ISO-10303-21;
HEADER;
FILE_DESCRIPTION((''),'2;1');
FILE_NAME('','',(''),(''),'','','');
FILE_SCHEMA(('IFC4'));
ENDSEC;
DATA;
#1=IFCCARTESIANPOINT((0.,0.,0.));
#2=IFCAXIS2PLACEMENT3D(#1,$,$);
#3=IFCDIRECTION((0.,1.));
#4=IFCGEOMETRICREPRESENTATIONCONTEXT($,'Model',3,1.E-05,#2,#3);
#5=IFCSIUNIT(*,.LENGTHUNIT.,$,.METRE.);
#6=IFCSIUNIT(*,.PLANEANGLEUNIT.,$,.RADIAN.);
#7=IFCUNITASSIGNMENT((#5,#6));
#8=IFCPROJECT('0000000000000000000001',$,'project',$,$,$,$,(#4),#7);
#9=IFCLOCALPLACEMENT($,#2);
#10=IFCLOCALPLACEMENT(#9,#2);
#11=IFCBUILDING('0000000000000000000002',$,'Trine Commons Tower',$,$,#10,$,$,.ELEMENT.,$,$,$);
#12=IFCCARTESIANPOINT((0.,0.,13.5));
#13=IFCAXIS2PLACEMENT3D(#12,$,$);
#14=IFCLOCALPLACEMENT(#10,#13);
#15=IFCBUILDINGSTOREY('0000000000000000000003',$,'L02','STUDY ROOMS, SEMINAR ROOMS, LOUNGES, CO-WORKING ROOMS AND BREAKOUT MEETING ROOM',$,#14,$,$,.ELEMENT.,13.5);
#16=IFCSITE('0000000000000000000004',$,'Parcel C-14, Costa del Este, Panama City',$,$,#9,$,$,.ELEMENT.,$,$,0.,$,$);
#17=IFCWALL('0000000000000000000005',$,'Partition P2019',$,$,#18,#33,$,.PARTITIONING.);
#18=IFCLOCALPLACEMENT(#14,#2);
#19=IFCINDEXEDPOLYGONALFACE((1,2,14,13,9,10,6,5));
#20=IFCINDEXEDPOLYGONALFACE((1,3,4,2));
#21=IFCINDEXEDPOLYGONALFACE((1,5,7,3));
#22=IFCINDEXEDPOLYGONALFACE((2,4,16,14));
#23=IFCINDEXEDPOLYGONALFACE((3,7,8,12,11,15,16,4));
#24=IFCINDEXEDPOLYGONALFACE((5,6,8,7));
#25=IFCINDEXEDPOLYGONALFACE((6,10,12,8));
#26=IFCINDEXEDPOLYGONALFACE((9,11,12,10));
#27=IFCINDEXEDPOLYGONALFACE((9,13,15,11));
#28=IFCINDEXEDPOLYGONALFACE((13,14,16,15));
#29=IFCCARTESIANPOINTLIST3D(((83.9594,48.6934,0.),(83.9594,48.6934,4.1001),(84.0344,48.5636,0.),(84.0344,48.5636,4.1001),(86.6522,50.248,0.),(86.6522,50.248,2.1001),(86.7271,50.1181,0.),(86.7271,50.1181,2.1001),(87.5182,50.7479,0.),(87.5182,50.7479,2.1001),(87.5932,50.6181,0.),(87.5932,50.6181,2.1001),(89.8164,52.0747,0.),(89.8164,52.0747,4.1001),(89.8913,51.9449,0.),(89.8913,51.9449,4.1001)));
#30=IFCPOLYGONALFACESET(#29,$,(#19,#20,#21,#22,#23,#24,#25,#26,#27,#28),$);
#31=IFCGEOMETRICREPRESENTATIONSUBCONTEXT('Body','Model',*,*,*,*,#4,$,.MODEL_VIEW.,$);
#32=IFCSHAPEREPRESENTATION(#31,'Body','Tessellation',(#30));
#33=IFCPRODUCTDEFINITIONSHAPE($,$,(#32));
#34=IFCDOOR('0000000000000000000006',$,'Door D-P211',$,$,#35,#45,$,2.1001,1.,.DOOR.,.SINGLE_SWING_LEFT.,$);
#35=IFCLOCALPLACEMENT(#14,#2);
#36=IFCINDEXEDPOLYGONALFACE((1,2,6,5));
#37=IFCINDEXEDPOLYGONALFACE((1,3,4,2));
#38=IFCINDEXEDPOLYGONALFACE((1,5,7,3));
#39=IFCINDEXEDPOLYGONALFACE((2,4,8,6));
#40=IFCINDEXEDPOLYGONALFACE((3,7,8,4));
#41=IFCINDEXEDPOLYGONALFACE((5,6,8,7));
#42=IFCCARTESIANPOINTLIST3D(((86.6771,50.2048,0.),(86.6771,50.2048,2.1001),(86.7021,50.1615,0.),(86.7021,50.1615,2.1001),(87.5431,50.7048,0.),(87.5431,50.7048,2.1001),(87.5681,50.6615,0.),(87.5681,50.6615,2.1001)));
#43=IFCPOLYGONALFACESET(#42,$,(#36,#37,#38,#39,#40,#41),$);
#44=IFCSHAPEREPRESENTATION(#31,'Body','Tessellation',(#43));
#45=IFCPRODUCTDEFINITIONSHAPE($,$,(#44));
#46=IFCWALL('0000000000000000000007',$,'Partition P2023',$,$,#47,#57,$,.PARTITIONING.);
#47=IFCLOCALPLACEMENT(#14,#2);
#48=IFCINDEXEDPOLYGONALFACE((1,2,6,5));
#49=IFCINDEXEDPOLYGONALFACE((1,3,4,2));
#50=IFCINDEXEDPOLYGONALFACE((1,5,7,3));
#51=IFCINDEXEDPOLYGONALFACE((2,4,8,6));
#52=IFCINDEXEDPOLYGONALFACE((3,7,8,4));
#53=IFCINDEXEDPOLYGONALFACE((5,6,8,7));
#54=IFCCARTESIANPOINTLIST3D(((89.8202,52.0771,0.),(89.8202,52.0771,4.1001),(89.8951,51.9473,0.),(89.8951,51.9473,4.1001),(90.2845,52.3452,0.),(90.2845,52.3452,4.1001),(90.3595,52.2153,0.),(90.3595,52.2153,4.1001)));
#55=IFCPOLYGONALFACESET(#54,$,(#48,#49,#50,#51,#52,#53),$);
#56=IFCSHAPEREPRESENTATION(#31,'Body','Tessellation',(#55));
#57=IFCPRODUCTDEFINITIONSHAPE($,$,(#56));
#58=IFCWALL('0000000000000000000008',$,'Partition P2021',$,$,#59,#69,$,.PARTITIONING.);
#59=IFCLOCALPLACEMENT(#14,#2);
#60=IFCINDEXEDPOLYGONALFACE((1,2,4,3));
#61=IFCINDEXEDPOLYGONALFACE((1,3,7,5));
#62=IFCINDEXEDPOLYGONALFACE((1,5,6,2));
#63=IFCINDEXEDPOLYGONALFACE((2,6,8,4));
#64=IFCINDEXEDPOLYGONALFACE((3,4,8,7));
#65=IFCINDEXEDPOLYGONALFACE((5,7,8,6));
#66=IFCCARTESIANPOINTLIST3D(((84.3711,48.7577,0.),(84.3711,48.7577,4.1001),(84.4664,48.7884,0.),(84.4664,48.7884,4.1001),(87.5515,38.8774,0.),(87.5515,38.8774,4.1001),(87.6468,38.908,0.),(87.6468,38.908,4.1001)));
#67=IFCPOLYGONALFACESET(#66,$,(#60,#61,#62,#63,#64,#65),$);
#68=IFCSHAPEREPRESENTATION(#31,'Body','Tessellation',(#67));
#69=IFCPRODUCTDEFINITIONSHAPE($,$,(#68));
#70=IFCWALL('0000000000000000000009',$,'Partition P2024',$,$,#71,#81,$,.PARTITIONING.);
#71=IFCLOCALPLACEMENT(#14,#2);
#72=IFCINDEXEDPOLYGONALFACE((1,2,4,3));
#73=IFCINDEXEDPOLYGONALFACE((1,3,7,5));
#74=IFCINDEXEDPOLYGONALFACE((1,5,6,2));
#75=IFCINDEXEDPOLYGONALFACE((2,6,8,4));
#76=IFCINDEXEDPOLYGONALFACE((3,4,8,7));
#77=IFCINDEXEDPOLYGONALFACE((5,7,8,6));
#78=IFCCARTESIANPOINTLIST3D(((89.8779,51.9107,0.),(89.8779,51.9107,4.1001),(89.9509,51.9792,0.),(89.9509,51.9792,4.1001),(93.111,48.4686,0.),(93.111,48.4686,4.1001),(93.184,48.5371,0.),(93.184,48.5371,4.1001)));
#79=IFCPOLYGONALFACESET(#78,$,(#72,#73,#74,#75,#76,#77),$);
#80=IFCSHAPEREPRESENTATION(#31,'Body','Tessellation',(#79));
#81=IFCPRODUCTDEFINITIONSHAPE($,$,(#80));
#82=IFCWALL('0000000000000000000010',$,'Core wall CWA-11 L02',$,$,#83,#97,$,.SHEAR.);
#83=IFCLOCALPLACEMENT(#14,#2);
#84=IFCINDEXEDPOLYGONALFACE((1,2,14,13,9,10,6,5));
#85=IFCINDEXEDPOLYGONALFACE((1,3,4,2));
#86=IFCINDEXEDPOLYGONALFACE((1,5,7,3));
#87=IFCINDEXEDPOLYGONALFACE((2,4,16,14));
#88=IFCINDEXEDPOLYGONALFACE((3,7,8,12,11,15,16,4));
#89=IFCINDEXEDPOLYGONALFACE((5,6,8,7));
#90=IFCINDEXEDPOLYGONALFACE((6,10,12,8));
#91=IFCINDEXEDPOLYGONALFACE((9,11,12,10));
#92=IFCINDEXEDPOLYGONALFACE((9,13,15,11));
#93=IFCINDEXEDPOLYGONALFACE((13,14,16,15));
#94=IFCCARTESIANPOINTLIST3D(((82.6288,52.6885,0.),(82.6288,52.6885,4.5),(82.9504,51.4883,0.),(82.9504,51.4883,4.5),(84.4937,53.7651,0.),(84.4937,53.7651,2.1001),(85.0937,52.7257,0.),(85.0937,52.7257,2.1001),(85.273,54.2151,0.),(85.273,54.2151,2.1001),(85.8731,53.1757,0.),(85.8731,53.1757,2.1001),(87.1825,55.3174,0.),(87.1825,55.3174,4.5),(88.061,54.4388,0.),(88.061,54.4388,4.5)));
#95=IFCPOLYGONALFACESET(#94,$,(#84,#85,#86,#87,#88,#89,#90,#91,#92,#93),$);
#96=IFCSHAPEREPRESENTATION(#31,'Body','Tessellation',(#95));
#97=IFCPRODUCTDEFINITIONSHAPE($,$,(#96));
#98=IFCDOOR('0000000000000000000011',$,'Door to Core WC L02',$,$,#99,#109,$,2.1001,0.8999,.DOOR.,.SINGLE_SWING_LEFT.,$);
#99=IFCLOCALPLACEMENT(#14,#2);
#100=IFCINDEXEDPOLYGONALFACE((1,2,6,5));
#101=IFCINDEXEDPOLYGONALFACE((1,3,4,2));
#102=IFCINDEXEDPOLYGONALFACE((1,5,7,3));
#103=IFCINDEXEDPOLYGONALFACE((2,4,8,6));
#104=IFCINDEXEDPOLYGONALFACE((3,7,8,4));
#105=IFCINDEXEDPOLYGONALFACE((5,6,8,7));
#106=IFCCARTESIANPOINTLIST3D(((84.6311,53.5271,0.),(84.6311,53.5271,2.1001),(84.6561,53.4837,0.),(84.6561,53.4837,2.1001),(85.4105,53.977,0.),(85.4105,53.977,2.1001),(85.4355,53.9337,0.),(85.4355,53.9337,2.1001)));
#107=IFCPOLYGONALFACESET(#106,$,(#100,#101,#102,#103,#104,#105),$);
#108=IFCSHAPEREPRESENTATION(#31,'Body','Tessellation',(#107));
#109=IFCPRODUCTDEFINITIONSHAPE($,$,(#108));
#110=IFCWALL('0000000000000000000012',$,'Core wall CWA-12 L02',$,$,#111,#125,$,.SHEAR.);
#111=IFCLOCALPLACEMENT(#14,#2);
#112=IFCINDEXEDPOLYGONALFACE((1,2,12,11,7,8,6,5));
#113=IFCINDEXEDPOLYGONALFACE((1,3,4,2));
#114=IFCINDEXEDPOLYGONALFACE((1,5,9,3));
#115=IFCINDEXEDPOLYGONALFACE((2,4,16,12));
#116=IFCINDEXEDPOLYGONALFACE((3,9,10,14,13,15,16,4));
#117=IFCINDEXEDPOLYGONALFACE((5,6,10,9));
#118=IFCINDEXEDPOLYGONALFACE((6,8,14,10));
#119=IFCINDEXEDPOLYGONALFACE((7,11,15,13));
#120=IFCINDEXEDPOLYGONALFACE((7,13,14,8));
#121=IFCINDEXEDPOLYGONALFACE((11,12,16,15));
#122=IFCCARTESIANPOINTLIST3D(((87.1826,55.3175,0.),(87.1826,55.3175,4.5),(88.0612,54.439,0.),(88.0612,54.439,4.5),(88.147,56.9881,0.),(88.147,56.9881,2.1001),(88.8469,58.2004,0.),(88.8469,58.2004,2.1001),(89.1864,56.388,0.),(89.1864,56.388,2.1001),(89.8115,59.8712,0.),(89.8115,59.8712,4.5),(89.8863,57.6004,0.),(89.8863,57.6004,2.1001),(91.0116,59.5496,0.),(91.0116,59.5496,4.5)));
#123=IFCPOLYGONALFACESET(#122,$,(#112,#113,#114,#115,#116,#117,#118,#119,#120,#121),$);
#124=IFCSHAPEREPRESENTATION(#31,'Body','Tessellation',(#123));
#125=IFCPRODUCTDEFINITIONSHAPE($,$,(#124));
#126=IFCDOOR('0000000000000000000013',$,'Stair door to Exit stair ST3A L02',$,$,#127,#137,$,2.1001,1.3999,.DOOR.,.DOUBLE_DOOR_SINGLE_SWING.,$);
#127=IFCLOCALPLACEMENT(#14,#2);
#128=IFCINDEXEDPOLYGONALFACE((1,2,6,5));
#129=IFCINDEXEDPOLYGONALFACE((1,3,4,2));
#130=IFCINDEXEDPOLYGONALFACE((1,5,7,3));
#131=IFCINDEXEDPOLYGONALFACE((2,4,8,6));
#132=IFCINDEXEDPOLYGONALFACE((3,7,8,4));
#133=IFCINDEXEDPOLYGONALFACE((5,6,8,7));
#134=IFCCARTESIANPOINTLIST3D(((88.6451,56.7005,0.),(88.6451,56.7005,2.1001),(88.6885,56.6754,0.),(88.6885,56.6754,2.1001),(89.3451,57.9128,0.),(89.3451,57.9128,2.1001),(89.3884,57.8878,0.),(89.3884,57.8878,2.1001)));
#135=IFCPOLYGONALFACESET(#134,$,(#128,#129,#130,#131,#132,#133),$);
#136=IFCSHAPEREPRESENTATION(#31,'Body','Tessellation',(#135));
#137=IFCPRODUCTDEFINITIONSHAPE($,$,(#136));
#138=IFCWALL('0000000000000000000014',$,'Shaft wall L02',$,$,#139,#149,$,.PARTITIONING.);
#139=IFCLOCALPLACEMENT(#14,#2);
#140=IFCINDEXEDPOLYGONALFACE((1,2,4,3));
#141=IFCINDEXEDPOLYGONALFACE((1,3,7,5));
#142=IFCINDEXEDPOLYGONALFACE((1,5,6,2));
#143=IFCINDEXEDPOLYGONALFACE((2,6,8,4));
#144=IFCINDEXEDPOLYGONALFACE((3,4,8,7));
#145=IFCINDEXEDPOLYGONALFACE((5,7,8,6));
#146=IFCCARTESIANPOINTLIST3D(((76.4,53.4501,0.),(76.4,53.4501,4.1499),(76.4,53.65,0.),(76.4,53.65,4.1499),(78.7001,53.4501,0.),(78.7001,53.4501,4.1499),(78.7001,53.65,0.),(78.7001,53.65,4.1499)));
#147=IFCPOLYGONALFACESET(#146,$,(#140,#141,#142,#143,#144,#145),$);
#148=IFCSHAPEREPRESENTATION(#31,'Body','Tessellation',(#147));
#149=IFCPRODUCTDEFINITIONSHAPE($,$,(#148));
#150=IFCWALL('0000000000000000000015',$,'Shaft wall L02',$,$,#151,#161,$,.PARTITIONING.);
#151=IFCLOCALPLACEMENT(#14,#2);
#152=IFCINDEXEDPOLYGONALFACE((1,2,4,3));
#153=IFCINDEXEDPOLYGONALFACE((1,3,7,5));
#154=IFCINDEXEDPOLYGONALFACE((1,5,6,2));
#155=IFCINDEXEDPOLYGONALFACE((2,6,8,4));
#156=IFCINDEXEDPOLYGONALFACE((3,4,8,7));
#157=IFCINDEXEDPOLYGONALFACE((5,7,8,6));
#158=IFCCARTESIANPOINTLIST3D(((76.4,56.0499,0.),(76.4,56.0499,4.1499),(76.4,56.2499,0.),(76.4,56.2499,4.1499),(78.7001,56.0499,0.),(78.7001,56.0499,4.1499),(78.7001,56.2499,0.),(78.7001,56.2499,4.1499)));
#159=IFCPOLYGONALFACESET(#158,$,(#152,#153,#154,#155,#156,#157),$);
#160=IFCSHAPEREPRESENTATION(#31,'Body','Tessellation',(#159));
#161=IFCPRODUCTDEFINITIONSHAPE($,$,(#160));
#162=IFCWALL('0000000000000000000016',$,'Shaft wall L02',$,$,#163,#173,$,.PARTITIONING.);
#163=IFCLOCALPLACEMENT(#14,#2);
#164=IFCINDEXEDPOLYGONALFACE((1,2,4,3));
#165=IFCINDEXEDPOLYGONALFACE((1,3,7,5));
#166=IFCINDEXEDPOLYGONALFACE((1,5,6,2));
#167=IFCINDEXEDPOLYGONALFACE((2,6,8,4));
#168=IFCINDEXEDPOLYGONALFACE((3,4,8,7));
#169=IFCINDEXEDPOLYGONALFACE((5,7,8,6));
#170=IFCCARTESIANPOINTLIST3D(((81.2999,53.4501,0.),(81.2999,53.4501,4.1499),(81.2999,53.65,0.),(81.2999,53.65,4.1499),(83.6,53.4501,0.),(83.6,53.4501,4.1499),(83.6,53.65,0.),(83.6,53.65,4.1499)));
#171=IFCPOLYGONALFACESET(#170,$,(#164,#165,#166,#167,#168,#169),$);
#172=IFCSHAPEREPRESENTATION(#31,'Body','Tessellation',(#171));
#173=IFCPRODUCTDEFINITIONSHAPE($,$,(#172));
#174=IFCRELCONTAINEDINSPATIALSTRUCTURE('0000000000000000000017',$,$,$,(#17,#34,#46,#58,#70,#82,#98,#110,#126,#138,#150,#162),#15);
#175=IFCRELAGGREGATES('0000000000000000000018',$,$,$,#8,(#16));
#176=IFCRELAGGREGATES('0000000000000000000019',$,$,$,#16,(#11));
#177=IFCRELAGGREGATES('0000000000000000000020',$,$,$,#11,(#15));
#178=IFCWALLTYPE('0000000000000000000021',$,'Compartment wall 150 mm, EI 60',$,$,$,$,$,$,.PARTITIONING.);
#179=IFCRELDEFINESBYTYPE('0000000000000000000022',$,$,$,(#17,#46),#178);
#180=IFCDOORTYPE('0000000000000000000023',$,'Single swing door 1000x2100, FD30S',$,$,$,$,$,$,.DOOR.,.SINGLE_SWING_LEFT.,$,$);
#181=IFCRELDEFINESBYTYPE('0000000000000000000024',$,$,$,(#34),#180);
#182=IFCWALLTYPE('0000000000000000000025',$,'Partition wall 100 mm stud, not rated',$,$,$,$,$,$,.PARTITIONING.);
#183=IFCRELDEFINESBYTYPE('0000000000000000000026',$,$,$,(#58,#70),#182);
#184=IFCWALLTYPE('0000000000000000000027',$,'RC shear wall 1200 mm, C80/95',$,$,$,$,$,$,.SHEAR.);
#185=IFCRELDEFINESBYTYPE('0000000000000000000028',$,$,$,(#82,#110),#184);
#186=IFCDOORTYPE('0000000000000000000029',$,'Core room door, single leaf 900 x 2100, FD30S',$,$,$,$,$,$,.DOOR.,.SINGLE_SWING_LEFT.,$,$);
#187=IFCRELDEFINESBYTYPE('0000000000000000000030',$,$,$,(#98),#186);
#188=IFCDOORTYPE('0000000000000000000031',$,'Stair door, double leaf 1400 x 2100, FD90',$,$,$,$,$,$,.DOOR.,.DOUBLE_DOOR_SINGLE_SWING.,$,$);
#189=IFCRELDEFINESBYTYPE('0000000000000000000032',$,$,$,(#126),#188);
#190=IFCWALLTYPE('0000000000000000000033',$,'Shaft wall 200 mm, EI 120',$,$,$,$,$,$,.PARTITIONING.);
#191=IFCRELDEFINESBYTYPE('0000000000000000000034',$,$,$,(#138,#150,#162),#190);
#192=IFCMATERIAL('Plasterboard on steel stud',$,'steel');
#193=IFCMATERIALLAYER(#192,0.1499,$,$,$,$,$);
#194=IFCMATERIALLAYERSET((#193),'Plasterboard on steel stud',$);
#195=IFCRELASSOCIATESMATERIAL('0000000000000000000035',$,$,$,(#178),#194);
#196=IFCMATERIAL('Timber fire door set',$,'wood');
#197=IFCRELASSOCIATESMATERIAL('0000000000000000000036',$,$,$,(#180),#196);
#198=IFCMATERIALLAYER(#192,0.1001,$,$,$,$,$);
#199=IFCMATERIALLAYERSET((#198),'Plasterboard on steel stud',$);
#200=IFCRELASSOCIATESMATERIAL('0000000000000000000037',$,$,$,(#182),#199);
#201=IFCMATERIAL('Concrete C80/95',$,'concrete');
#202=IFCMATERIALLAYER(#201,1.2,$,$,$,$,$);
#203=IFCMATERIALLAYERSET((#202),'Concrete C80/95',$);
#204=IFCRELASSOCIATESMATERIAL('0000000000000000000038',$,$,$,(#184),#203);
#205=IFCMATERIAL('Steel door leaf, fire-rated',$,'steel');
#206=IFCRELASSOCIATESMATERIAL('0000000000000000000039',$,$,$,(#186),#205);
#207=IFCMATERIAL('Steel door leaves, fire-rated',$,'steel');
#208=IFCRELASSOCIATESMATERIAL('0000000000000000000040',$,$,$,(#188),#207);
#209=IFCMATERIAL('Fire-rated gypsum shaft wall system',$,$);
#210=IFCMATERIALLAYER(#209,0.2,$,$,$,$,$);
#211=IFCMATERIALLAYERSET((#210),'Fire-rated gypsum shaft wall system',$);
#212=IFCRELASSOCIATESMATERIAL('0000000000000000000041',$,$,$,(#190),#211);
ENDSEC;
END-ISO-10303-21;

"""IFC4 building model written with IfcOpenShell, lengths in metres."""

from ifc_helpers import new_model, si_unit, direction, frame, frame_2d, origin, place, context, subcontext, project, spatial, polyline, rectangle, outline, extrude, material, layer, layer_set, type_object, element, fill, save


model = new_model("IFC4")

# Units and contexts
model_context = context("Model", 3, precision=1e-05, world=origin(), true_north=direction((0.0, 1.0)))
body_context = subcontext(model_context, "Body", "Model", "MODEL_VIEW")
ifc_project = project(units=[si_unit("LENGTHUNIT", "METRE"), si_unit("PLANEANGLEUNIT", "RADIAN")], contexts=[model_context])

# Site, building, storey
site_placement = place(None, origin())
site = spatial("IfcSite", under=ifc_project, at=site_placement, Name="Parcel C-14, Costa del Este, Panama City", CompositionType="ELEMENT", RefElevation=0.0)
building_placement = place(site_placement, origin())
building = spatial("IfcBuilding", under=site, at=building_placement, Name="Trine Commons Tower", CompositionType="ELEMENT")
storey_placement = place(building_placement, frame((0.0, 0.0, 13.5)))
storey = spatial("IfcBuildingStorey", under=building, at=storey_placement, Name="L02", Description="STUDY ROOMS, SEMINAR ROOMS, LOUNGES, CO-WORKING ROOMS AND BREAKOUT MEETING ROOM", CompositionType="ELEMENT", Elevation=13.5)

# Shared definitions
ifc_material_1 = material(Name="Concrete C80/95", Category="concrete")

# Wall, opening, door
ifc_material_2 = material(Name="Plasterboard on steel stud", Category="steel")
ifc_layer_1 = layer(ifc_material_2, 0.1499)
ifc_layer_set_1 = layer_set([ifc_layer_1], Name="Plasterboard on steel stud")
wall_type_1 = type_object("IfcWallType", Name="Compartment wall 150 mm, EI 60", PredefinedType="PARTITIONING", material=ifc_layer_set_1)
wall_1_placement = place(storey_placement, frame((89.8538, 52.0098, 0.0), z_axis=(0.0, 0.0, 1.0), x_axis=(-0.866035, -0.499983, 0.0)))
wall_1 = element("IfcWall", 1, at=wall_1_placement, inside=storey, type_object=wall_type_1, Name="Partition P2019", PredefinedType="PARTITIONING", context=body_context, shape_type="SweptSolid", body=[
    extrude(rectangle(XDim=6.7629, YDim=0.1499, at=frame_2d((3.3813, 0.0))), origin(), (0.0, 0.0, 1.0), 4.1001),
])
opening_1_placement = place(wall_1_placement, frame((2.6536, 0.0, 0.0)))
opening_1 = element("IfcOpeningElement", 2, at=opening_1_placement, cuts=wall_1, PredefinedType="OPENING", context=body_context, shape_type="SweptSolid", body=[
    extrude(rectangle(XDim=1.0, YDim=2.1001, at=frame_2d((0.5, 1.05))), frame((0.0, 0.085, 0.0), z_axis=(0.0, -1.0, 0.0), x_axis=(1.0, 0.0, 0.0)), (0.0, 0.0, 1.0), 0.1699),
])
ifc_material_3 = material(Name="Timber fire door set", Category="wood")
door_type_1 = type_object("IfcDoorType", Name="Single swing door 1000x2100, FD30S", OperationType="SINGLE_SWING_LEFT", PredefinedType="DOOR", material=ifc_material_3)
door_1_placement = place(opening_1_placement, origin())
door_1 = element("IfcDoor", 3, at=door_1_placement, inside=storey, type_object=door_type_1, Name="Door D-P211", OperationType="SINGLE_SWING_LEFT", OverallHeight=2.1001, OverallWidth=1.0, PredefinedType="DOOR", context=body_context, shape_type="SweptSolid", body=[
    extrude(rectangle(XDim=1.0, YDim=2.1001, at=frame_2d((0.5, 1.05))), frame((0.0, 0.0249, 0.0), z_axis=(0.0, -1.0, 0.0), x_axis=(1.0, 0.0, 0.0)), (0.0, 0.0, 1.0), 0.05),
])
fill(opening_1, door_1)

# Walls
wall_2_placement = place(storey_placement, frame((89.8577, 52.0122, 0.0), z_axis=(0.0, 0.0, 1.0), x_axis=(0.866049, 0.499959, 0.0)))
element("IfcWall", 4, at=wall_2_placement, inside=storey, type_object=wall_type_1, Name="Partition P2023", PredefinedType="PARTITIONING", context=body_context, shape_type="SweptSolid", body=[
    extrude(rectangle(XDim=0.5361, YDim=0.1499, at=frame_2d((0.2681, 0.0))), origin(), (0.0, 0.0, 1.0), 4.1001),
])
ifc_layer_2 = layer(ifc_material_2, 0.1001)
ifc_layer_set_2 = layer_set([ifc_layer_2], Name="Plasterboard on steel stud")
wall_type_2 = type_object("IfcWallType", Name="Partition wall 100 mm stud, not rated", PredefinedType="PARTITIONING", material=ifc_layer_set_2)
wall_3_placement = place(storey_placement, frame((84.4187, 48.7732, 0.0), z_axis=(0.0, 0.0, 1.0), x_axis=(0.30641, -0.9519, 0.0)))
element("IfcWall", 5, at=wall_3_placement, inside=storey, type_object=wall_type_2, Name="Partition P2021", PredefinedType="PARTITIONING", context=body_context, shape_type="SweptSolid", body=[
    extrude(rectangle(XDim=10.3796, YDim=0.1001, at=frame_2d((5.1899, 0.0))), origin(), (0.0, 0.0, 1.0), 4.1001),
])
wall_4_placement = place(storey_placement, frame((89.9143, 51.9451, 0.0), z_axis=(0.0, 0.0, 1.0), x_axis=(0.684634, -0.728887, 0.0)))
element("IfcWall", 6, at=wall_4_placement, inside=storey, type_object=wall_type_2, Name="Partition P2024", PredefinedType="PARTITIONING", context=body_context, shape_type="SweptSolid", body=[
    extrude(rectangle(XDim=4.7224, YDim=0.1001, at=frame_2d((2.3613, 0.0))), origin(), (0.0, 0.0, 1.0), 4.1001),
])

# Walls, openings, doors
ifc_layer_3 = layer(ifc_material_1, 1.2)
ifc_layer_set_3 = layer_set([ifc_layer_3], Name="Concrete C80/95")
wall_type_3 = type_object("IfcWallType", Name="RC shear wall 1200 mm, C80/95", PredefinedType="SHEAR", material=ifc_layer_set_3)
wall_5_placement = place(storey_placement, frame((82.6504, 52.0081, 0.0), z_axis=(0.0, 0.0, 1.0), x_axis=(0.866037, 0.499979, 0.0)))
wall_5 = element("IfcWall", 7, at=wall_5_placement, inside=storey, type_object=wall_type_3, Name="Core wall CWA-11 L02", PredefinedType="SHEAR", context=body_context, shape_type="SweptSolid", body=[
    extrude(outline(polyline([(0.0, -0.6001), (5.9011, -0.6001), (5.5796, 0.6001), (0.3215, 0.6001), (0.0, -0.6001)])), origin(), (0.0, 0.0, 1.0), 4.5),
])
opening_2_placement = place(wall_5_placement, frame((2.4749, 0.0, 0.0)))
opening_2 = element("IfcOpeningElement", 8, at=opening_2_placement, cuts=wall_5, PredefinedType="OPENING", context=body_context, shape_type="SweptSolid", body=[
    extrude(rectangle(XDim=0.8999, YDim=2.1001, at=frame_2d((0.45, 1.05))), frame((0.0, 0.6099, 0.0), z_axis=(0.0, -1.0, 0.0), x_axis=(1.0, 0.0, 0.0)), (0.0, 0.0, 1.0), 1.22),
])
ifc_material_4 = material(Name="Steel door leaf, fire-rated", Category="steel")
door_type_2 = type_object("IfcDoorType", Name="Core room door, single leaf 900 x 2100, FD30S", OperationType="SINGLE_SWING_LEFT", PredefinedType="DOOR", material=ifc_material_4)
door_2_placement = place(opening_2_placement, origin())
door_2 = element("IfcDoor", 9, at=door_2_placement, inside=storey, type_object=door_type_2, Name="Door to Core WC L02", OperationType="SINGLE_SWING_LEFT", OverallHeight=2.1001, OverallWidth=0.8999, PredefinedType="DOOR", context=body_context, shape_type="SweptSolid", body=[
    extrude(rectangle(XDim=0.8999, YDim=2.1001, at=frame_2d((0.45, 1.05))), frame((0.0, 0.3252, 0.0), z_axis=(0.0, -1.0, 0.0), x_axis=(1.0, 0.0, 0.0)), (0.0, 0.0, 1.0), 0.05),
])
fill(opening_2, door_2)
wall_6_placement = place(storey_placement, frame((87.5415, 54.739, 0.0), z_axis=(0.0, 0.0, 1.0), x_axis=(0.499979, 0.866037, 0.0)))
wall_6 = element("IfcWall", 10, at=wall_6_placement, inside=storey, type_object=wall_type_3, Name="Core wall CWA-12 L02", PredefinedType="SHEAR", context=body_context, shape_type="SweptSolid", body=[
    extrude(outline(polyline([(0.0, -0.6001), (5.9011, -0.6001), (5.5796, 0.6001), (0.3215, 0.6001), (0.0, -0.6001)])), origin(), (0.0, 0.0, 1.0), 4.5),
])
opening_3_placement = place(wall_6_placement, frame((2.2505, 0.0, 0.0)))
opening_3 = element("IfcOpeningElement", 11, at=opening_3_placement, cuts=wall_6, PredefinedType="OPENING", context=body_context, shape_type="SweptSolid", body=[
    extrude(rectangle(XDim=1.3999, YDim=2.1001, at=frame_2d((0.7, 1.05))), frame((0.0, 0.6099, 0.0), z_axis=(0.0, -1.0, 0.0), x_axis=(1.0, 0.0, 0.0)), (0.0, 0.0, 1.0), 1.22),
])
ifc_material_5 = material(Name="Steel door leaves, fire-rated", Category="steel")
door_type_3 = type_object("IfcDoorType", Name="Stair door, double leaf 1400 x 2100, FD90", OperationType="DOUBLE_DOOR_SINGLE_SWING", PredefinedType="DOOR", material=ifc_material_5)
door_3_placement = place(opening_3_placement, origin())
door_3 = element("IfcDoor", 12, at=door_3_placement, inside=storey, type_object=door_type_3, Name="Stair door to Exit stair ST3A L02", OperationType="DOUBLE_DOOR_SINGLE_SWING", OverallHeight=2.1001, OverallWidth=1.3999, PredefinedType="DOOR", context=body_context, shape_type="SweptSolid", body=[
    extrude(rectangle(XDim=1.3999, YDim=2.1001, at=frame_2d((0.7, 1.05))), frame((0.0, 0.0249, 0.0), z_axis=(0.0, -1.0, 0.0), x_axis=(1.0, 0.0, 0.0)), (0.0, 0.0, 1.0), 0.05),
])
fill(opening_3, door_3)

# Walls
ifc_material_6 = material(Name="Fire-rated gypsum shaft wall system")
ifc_layer_4 = layer(ifc_material_6, 0.2)
ifc_layer_set_4 = layer_set([ifc_layer_4], Name="Fire-rated gypsum shaft wall system")
wall_type_4 = type_object("IfcWallType", Name="Shaft wall 200 mm, EI 120", PredefinedType="PARTITIONING", material=ifc_layer_set_4)
for number, where, z_axis, x_axis, name in (
    (13, (78.7, 53.55, 0.0), (0.0, 0.0, 1.0), (-1.0, 0.0, 0.0), "Shaft wall L02"),
    (14, (78.7, 56.1499, 0.0), (0.0, 0.0, 1.0), (-1.0, 0.0, 0.0), "Shaft wall L02"),
    (15, (81.3, 53.55, 0.0), (0.0, 0.0, 1.0), (1.0, 0.0, 0.0), "Shaft wall L02"),
):
    element("IfcWall", number, at=place(storey_placement, frame(where, z_axis=z_axis, x_axis=x_axis)), inside=storey, type_object=wall_type_4, Name=name, PredefinedType="PARTITIONING", context=body_context, shape_type="SweptSolid", body=[
        extrude(rectangle(XDim=2.3, YDim=0.2, at=frame_2d((1.1499, 0.0))), origin(), (0.0, 0.0, 1.0), 4.1499),
    ])

save(model, "model.ifc")
